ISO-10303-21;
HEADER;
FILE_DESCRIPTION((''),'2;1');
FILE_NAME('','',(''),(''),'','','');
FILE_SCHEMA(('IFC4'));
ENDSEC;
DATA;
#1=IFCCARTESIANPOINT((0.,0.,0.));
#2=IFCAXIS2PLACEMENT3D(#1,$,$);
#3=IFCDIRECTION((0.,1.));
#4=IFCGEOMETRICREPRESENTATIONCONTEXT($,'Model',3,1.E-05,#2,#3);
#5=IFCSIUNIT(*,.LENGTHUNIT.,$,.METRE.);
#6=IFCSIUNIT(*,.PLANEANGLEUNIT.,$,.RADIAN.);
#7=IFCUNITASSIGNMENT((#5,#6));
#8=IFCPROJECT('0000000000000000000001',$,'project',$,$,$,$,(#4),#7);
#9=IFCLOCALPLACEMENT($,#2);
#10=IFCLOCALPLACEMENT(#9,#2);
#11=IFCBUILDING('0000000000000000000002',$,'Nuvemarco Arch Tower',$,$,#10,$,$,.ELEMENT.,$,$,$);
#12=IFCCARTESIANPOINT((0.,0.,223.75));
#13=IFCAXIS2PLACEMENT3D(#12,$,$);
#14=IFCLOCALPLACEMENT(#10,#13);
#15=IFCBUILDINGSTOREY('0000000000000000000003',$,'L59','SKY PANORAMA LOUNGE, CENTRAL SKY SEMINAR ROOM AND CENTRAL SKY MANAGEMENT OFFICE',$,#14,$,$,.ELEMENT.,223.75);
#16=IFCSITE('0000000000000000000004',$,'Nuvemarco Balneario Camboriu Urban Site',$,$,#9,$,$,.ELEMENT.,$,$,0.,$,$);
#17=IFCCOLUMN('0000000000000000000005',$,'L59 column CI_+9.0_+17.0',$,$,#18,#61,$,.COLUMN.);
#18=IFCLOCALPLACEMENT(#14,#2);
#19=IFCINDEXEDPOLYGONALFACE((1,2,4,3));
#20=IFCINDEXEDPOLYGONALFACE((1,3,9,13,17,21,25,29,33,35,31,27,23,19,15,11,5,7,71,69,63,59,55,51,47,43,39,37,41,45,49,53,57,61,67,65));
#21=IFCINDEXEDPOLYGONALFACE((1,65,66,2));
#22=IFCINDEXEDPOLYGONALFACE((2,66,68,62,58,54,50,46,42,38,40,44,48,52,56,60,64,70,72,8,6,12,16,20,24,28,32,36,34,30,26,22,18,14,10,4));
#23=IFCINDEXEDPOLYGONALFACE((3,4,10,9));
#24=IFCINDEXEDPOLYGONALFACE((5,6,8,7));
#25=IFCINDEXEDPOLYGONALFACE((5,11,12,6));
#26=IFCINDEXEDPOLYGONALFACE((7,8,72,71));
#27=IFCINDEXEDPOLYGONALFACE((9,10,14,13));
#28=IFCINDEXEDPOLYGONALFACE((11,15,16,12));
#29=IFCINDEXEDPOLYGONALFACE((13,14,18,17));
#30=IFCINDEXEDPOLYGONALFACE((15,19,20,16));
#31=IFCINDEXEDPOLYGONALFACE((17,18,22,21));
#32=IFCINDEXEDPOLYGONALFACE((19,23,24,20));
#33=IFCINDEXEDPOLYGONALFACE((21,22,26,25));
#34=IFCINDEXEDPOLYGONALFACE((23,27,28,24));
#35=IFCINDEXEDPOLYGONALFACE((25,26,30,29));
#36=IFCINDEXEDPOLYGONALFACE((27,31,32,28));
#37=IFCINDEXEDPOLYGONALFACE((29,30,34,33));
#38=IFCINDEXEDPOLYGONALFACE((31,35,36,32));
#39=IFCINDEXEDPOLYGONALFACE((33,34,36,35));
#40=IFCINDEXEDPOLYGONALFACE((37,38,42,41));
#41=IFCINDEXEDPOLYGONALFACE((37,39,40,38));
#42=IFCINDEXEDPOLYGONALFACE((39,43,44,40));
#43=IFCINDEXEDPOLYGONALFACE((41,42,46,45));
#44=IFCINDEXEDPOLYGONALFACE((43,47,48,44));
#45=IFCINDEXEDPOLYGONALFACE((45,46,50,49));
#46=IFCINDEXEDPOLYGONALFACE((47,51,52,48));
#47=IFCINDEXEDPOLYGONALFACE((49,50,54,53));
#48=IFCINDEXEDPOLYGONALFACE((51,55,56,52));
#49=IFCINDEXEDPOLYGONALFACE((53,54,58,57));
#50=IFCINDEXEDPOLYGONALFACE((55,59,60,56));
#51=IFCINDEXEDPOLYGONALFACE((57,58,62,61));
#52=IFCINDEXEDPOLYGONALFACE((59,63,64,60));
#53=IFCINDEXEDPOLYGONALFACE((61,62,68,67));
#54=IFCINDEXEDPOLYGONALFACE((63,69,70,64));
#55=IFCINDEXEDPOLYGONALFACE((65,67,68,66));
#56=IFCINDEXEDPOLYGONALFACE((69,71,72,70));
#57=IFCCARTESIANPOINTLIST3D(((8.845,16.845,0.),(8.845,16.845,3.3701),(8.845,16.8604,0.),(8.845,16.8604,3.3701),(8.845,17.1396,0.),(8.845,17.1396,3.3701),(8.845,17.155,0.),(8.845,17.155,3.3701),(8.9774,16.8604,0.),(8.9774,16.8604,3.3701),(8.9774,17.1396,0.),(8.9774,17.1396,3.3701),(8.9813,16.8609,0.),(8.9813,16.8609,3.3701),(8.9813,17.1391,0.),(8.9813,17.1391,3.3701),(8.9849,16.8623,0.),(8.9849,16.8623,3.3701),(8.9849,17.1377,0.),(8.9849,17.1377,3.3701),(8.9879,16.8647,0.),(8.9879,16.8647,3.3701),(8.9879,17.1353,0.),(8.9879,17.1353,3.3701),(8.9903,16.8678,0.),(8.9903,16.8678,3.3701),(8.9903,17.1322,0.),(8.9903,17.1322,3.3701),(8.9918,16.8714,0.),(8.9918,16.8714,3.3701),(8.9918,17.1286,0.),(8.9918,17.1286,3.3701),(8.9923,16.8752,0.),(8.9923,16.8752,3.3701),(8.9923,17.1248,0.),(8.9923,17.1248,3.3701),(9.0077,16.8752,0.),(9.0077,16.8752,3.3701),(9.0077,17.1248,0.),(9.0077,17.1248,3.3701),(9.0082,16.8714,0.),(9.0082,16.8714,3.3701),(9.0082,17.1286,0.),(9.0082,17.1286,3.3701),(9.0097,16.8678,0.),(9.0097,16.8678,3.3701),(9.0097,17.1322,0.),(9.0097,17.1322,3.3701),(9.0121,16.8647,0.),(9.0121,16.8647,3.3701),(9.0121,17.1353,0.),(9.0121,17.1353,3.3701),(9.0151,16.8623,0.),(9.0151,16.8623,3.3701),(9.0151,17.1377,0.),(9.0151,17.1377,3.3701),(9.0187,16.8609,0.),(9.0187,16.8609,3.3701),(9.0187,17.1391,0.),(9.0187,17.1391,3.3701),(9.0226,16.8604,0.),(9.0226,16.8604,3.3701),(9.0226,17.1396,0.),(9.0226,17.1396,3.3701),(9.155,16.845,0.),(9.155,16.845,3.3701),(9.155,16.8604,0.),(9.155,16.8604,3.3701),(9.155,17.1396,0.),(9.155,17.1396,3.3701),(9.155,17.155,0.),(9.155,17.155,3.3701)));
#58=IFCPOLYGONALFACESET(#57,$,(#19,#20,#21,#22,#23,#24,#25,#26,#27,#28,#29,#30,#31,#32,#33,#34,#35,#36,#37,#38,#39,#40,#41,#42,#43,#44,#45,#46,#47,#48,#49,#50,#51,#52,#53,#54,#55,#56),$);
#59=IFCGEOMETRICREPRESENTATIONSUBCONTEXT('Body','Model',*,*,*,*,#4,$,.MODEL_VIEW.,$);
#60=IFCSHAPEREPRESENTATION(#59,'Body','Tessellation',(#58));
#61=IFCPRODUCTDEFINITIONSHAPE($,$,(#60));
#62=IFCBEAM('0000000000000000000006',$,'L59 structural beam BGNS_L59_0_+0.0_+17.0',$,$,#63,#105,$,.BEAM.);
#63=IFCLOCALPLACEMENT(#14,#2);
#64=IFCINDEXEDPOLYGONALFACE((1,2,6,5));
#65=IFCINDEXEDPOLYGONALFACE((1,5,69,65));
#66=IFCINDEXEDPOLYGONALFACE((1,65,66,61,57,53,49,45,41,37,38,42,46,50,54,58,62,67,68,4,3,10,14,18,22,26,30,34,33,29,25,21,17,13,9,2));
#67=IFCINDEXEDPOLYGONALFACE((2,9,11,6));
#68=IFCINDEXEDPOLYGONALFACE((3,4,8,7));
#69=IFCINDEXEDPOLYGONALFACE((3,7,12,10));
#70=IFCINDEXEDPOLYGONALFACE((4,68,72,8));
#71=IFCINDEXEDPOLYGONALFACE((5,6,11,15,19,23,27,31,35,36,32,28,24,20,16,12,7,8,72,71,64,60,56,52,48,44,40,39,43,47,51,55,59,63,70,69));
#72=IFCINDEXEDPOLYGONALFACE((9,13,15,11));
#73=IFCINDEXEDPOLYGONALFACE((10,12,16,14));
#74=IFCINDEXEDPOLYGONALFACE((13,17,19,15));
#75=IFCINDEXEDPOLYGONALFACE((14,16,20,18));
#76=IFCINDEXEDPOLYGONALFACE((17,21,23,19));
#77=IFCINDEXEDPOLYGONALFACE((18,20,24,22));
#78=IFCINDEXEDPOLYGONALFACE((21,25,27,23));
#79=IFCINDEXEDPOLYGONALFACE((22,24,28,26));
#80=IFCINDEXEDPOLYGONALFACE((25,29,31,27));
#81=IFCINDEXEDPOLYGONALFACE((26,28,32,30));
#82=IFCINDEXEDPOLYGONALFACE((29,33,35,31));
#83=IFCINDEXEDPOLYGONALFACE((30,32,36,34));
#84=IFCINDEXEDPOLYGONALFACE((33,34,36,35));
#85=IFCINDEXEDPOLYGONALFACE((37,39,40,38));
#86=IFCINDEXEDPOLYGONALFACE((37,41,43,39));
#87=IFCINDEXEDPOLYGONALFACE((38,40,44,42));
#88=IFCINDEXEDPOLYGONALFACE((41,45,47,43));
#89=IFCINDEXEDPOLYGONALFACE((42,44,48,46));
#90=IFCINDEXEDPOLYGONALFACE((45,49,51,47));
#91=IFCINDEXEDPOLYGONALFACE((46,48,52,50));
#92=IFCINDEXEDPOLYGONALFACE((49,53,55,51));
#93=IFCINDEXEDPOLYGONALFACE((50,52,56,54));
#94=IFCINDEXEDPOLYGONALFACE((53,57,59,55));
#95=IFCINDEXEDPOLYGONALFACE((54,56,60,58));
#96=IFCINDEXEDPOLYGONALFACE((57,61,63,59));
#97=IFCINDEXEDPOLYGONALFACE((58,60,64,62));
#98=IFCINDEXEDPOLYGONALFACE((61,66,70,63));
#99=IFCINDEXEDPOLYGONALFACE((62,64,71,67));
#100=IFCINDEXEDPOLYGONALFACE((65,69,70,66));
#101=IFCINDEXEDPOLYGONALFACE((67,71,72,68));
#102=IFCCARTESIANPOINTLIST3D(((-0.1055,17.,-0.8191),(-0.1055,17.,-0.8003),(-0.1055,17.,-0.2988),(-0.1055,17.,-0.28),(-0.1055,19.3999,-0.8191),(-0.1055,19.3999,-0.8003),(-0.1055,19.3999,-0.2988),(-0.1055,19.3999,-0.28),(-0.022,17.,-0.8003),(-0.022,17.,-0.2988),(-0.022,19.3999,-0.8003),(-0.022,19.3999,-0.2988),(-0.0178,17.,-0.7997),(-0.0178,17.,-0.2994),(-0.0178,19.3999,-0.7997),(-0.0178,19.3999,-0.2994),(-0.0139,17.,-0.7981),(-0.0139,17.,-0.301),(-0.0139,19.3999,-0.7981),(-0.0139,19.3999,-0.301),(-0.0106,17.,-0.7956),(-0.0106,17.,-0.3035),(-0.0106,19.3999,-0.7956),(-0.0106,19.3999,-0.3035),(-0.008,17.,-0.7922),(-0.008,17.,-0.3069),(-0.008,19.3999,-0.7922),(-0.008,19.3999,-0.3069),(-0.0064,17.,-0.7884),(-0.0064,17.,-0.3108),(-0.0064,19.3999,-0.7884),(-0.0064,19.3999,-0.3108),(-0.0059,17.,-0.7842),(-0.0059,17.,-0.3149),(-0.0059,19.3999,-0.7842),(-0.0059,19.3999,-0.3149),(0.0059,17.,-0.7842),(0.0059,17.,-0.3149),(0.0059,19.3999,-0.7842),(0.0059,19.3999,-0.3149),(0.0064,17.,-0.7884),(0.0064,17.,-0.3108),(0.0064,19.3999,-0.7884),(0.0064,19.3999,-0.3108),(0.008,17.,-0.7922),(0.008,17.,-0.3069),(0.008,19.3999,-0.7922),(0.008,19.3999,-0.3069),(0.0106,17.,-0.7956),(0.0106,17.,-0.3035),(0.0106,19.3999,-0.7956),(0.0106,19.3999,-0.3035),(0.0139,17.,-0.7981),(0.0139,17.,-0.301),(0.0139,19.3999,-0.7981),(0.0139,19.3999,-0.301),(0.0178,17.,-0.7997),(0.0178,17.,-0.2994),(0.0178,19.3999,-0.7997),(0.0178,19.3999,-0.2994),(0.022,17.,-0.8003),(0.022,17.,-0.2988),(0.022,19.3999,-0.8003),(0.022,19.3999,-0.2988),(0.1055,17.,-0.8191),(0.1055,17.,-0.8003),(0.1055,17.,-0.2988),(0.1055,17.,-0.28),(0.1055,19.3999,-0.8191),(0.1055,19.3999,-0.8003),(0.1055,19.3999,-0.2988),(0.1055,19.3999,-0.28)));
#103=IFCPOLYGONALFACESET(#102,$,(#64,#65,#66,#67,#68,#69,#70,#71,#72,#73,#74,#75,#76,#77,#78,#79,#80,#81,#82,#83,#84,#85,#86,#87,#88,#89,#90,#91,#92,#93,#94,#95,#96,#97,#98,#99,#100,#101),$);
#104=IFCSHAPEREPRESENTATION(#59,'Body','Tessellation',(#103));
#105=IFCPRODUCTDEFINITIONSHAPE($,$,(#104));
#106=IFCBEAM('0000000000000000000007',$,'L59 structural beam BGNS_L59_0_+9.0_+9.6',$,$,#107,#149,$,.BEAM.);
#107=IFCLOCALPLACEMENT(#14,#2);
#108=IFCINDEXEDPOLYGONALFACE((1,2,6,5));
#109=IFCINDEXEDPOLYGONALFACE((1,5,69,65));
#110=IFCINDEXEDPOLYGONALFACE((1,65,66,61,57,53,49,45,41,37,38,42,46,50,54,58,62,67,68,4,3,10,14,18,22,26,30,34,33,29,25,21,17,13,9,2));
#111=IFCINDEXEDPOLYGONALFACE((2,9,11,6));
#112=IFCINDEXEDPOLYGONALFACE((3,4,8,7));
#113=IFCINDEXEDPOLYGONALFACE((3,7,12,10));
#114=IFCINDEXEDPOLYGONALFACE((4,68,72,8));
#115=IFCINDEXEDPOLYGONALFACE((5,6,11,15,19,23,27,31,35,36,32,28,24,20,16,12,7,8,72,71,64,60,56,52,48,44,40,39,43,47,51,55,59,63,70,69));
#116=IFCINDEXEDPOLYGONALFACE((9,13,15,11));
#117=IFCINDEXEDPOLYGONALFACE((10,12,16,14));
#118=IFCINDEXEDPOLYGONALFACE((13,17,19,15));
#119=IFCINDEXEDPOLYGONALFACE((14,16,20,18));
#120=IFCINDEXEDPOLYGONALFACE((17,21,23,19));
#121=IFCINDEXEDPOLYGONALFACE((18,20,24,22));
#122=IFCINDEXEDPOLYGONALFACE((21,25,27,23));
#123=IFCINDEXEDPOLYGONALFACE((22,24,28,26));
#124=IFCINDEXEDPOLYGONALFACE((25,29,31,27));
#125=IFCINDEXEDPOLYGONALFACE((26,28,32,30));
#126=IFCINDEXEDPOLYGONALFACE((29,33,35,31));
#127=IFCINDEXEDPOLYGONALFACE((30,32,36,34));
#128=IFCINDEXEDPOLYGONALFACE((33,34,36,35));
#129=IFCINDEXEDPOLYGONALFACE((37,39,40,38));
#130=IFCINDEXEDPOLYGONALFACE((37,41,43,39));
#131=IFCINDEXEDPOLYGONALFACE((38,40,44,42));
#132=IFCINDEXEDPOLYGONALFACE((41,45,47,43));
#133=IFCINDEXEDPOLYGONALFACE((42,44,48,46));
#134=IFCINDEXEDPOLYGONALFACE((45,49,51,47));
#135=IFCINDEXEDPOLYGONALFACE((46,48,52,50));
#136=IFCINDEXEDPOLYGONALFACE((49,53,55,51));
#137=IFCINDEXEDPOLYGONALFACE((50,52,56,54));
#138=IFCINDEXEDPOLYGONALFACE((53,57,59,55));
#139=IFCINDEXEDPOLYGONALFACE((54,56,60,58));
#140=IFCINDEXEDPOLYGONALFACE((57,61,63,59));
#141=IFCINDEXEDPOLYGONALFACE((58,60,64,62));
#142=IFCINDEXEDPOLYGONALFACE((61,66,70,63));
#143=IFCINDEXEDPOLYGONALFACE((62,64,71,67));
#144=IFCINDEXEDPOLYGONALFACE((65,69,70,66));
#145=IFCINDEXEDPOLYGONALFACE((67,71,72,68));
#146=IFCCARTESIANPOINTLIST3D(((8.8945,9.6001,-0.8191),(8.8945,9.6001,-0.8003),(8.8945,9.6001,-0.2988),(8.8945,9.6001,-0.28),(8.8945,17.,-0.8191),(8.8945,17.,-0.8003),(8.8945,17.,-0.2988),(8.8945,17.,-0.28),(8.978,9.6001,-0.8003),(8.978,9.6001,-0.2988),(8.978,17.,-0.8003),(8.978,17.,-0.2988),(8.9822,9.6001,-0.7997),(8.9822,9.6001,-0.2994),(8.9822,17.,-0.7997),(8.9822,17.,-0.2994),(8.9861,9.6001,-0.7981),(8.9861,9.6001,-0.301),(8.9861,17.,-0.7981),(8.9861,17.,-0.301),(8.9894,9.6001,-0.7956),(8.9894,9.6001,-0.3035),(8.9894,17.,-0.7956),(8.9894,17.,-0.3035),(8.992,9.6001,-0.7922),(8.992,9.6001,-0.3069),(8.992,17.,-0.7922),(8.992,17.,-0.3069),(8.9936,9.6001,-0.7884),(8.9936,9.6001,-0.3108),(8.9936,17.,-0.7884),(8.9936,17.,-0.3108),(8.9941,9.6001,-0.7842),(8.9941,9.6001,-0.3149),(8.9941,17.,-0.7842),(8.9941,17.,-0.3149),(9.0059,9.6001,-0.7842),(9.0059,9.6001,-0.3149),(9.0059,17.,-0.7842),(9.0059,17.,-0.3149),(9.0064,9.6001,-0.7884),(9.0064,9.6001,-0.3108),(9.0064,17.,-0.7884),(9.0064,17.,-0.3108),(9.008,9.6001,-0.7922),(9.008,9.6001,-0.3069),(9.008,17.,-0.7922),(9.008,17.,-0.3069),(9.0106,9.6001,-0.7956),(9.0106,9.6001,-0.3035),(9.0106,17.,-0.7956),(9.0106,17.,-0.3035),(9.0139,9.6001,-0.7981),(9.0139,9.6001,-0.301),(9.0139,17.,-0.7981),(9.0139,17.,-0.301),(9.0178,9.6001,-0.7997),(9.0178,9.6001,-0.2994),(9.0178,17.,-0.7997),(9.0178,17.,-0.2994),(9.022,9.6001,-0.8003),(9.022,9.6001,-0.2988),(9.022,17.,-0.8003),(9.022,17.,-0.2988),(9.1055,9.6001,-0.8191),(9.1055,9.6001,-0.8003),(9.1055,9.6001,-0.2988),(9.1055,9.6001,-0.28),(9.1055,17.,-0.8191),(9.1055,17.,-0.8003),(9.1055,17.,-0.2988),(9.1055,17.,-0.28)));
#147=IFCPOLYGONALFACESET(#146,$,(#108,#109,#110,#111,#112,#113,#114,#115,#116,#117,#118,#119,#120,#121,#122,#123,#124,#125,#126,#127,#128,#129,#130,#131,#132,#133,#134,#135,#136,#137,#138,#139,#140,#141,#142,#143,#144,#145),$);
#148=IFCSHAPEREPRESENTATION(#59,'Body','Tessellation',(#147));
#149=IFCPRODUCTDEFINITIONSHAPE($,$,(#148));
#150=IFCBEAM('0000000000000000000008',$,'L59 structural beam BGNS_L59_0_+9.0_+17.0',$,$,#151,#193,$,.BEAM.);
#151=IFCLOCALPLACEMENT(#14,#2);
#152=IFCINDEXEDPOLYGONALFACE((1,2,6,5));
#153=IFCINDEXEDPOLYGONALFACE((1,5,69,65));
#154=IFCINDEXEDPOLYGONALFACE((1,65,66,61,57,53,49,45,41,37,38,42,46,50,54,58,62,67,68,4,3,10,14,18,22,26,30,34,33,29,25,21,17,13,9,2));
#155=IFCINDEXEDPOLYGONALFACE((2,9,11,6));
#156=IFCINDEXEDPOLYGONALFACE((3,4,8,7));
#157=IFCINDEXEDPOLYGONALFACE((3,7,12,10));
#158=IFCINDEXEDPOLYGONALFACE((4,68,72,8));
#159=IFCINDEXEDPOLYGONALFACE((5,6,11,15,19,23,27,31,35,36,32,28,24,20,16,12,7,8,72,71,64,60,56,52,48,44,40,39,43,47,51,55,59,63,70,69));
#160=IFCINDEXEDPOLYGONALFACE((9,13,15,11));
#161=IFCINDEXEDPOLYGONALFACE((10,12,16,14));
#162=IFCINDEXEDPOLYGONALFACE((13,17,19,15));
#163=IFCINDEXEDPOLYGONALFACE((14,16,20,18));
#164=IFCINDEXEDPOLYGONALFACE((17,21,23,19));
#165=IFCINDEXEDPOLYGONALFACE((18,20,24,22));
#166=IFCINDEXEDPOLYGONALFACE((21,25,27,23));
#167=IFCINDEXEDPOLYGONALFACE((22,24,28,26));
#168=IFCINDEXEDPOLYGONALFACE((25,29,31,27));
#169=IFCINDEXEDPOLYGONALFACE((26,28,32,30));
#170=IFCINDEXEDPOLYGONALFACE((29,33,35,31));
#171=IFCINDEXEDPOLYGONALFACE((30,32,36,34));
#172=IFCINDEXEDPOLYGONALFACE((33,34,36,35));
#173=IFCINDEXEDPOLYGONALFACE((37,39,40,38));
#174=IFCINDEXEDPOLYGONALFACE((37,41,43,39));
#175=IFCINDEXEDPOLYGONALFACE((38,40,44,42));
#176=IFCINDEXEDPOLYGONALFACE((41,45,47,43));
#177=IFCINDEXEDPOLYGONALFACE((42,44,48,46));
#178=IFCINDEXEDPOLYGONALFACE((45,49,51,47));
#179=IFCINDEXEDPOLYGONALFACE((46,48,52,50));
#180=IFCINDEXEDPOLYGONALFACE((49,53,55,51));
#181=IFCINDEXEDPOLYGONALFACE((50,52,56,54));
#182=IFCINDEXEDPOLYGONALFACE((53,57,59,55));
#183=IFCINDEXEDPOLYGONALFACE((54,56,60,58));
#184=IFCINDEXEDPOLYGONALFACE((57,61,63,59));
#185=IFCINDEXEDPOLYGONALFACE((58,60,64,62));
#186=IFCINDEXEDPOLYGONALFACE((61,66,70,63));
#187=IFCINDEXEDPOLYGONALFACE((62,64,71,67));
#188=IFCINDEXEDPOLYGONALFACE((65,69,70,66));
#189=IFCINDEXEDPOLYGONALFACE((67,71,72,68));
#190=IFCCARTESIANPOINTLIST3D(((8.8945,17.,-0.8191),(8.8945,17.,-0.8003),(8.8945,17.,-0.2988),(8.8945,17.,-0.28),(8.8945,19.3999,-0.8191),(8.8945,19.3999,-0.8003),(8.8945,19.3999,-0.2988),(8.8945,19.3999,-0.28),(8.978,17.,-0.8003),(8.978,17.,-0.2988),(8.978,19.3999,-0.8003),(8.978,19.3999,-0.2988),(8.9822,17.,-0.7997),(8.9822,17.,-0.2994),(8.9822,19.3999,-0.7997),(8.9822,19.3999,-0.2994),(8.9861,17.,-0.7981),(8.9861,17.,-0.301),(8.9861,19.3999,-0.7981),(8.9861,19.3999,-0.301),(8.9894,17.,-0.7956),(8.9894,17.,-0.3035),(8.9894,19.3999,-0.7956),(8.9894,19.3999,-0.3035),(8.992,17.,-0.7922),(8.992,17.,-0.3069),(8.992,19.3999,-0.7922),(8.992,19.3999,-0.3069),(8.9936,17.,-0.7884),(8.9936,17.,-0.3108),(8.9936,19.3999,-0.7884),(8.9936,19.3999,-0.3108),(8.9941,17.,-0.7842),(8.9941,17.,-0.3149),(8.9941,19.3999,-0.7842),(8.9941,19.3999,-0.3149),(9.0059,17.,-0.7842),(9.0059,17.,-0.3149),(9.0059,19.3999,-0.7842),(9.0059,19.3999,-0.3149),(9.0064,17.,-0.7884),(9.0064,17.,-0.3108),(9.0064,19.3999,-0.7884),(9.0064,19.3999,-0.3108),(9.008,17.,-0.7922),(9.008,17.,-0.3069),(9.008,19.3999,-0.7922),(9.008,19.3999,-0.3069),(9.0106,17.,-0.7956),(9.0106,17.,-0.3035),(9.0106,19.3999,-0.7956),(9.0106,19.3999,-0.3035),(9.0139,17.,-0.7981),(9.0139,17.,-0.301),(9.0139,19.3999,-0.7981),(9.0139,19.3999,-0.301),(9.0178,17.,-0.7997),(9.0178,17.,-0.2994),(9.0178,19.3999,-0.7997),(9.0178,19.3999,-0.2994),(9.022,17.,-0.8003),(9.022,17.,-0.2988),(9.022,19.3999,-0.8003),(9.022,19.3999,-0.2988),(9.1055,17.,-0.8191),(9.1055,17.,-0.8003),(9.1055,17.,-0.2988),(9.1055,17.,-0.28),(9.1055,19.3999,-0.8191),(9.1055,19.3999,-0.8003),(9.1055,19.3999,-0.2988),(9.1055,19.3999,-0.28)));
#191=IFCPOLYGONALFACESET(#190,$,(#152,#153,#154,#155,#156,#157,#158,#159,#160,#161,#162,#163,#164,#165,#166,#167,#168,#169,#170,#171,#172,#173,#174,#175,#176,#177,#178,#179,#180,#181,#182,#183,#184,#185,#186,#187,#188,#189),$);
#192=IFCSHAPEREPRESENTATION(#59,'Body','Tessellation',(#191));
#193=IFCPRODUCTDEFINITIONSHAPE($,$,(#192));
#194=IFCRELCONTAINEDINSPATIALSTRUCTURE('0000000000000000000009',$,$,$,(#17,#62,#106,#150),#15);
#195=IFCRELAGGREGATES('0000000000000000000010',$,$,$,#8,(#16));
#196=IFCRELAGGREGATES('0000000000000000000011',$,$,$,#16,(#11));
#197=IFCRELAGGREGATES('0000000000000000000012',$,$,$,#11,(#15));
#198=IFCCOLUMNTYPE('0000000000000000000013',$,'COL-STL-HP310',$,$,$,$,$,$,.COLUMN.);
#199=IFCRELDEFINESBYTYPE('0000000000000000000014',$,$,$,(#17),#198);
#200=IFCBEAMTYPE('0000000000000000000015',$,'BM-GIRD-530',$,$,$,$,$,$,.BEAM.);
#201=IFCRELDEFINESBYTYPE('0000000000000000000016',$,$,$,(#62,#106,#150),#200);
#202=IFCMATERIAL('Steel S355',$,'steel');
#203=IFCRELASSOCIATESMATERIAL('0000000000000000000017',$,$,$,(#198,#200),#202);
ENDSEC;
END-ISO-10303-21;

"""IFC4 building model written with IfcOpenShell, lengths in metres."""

from ifc_helpers import new_model, si_unit, direction, frame, origin, origin_2d, place, context, subcontext, project, spatial, i_section, extrude, material, material_profile, profile_set, type_object, element, save


model = new_model("IFC4")

# Units and contexts
model_context = context("Model", 3, precision=1e-05, world=origin(), true_north=direction((0.0, 1.0)))
body_context = subcontext(model_context, "Body", "Model", "MODEL_VIEW")
ifc_project = project(units=[si_unit("LENGTHUNIT", "METRE"), si_unit("PLANEANGLEUNIT", "RADIAN")], contexts=[model_context])

# Site, building, storey
site_placement = place(None, origin())
site = spatial("IfcSite", under=ifc_project, at=site_placement, Name="Nuvemarco Balneario Camboriu Urban Site", CompositionType="ELEMENT", RefElevation=0.0)
building_placement = place(site_placement, origin())
building = spatial("IfcBuilding", under=site, at=building_placement, Name="Nuvemarco Arch Tower", CompositionType="ELEMENT")
storey_placement = place(building_placement, frame((0.0, 0.0, 223.75)))
storey = spatial("IfcBuildingStorey", under=building, at=storey_placement, Name="L59", Description="SKY PANORAMA LOUNGE, CENTRAL SKY SEMINAR ROOM AND CENTRAL SKY MANAGEMENT OFFICE", CompositionType="ELEMENT", Elevation=223.75)

# Column
ifc_material_1 = material(Name="Steel S355", Category="steel")
ifc_material_profile_1 = material_profile(ifc_material_1, i_section(OverallWidth=0.3101, OverallDepth=0.3101, WebThickness=0.0154, FlangeThickness=0.0154, FilletRadius=0.0149, at=origin_2d()), Name="HP310x110")
ifc_profile_set_1 = profile_set([ifc_material_profile_1], Name="Steel S355")
column_type_1 = type_object("IfcColumnType", Name="COL-STL-HP310", PredefinedType="COLUMN", material=ifc_profile_set_1)
for number, where, z_axis, x_axis, name in (
    (1, (9.0, 17.0, 0.0), (0.0, 0.0, 1.0), (1.0, 0.0, 0.0), "L59 column CI_+9.0_+17.0"),
):
    element("IfcColumn", number, at=place(storey_placement, frame(where, z_axis=z_axis, x_axis=x_axis)), inside=storey, type_object=column_type_1, Name=name, PredefinedType="COLUMN", context=body_context, shape_type="SweptSolid", body=[
        extrude(i_section(OverallWidth=0.3101, OverallDepth=0.3101, WebThickness=0.0154, FlangeThickness=0.0154, FilletRadius=0.0149, at=origin_2d()), origin(), (0.0, 0.0, 1.0), 3.3701),
    ])

# Beams
ifc_material_profile_2 = material_profile(ifc_material_1, i_section(OverallWidth=0.2109, OverallDepth=0.5391, WebThickness=0.0117, FlangeThickness=0.0188, FilletRadius=0.0161, at=origin_2d()), Name="W530x109")
ifc_profile_set_2 = profile_set([ifc_material_profile_2], Name="Steel S355")
beam_type_1 = type_object("IfcBeamType", Name="BM-GIRD-530", PredefinedType="BEAM", material=ifc_profile_set_2)
beam_1_placement = place(storey_placement, frame((0.0, 17.0, -0.5496), z_axis=(0.0, 1.0, 0.0), x_axis=(-1.0, 0.0, 0.0)))
element("IfcBeam", 2, at=beam_1_placement, inside=storey, type_object=beam_type_1, Name="L59 structural beam BGNS_L59_0_+0.0_+17.0", PredefinedType="BEAM", context=body_context, shape_type="SweptSolid", body=[
    extrude(i_section(OverallWidth=0.2109, OverallDepth=0.5391, WebThickness=0.0117, FlangeThickness=0.0188, FilletRadius=0.0161, at=origin_2d()), origin(), (0.0, 0.0, 1.0), 2.3999),
])
beam_2_placement = place(storey_placement, frame((9.0, 9.6001, -0.5496), z_axis=(0.0, 1.0, 0.0), x_axis=(-1.0, 0.0, 0.0)))
element("IfcBeam", 3, at=beam_2_placement, inside=storey, type_object=beam_type_1, Name="L59 structural beam BGNS_L59_0_+9.0_+9.6", PredefinedType="BEAM", context=body_context, shape_type="SweptSolid", body=[
    extrude(i_section(OverallWidth=0.2109, OverallDepth=0.5391, WebThickness=0.0117, FlangeThickness=0.0188, FilletRadius=0.0161, at=origin_2d()), origin(), (0.0, 0.0, 1.0), 7.3999),
])
beam_3_placement = place(storey_placement, frame((9.0, 17.0, -0.5496), z_axis=(0.0, 1.0, 0.0), x_axis=(-1.0, 0.0, 0.0)))
element("IfcBeam", 4, at=beam_3_placement, inside=storey, type_object=beam_type_1, Name="L59 structural beam BGNS_L59_0_+9.0_+17.0", PredefinedType="BEAM", context=body_context, shape_type="SweptSolid", body=[
    extrude(i_section(OverallWidth=0.2109, OverallDepth=0.5391, WebThickness=0.0117, FlangeThickness=0.0188, FilletRadius=0.0161, at=origin_2d()), origin(), (0.0, 0.0, 1.0), 2.3999),
])

save(model, "model.ifc")
